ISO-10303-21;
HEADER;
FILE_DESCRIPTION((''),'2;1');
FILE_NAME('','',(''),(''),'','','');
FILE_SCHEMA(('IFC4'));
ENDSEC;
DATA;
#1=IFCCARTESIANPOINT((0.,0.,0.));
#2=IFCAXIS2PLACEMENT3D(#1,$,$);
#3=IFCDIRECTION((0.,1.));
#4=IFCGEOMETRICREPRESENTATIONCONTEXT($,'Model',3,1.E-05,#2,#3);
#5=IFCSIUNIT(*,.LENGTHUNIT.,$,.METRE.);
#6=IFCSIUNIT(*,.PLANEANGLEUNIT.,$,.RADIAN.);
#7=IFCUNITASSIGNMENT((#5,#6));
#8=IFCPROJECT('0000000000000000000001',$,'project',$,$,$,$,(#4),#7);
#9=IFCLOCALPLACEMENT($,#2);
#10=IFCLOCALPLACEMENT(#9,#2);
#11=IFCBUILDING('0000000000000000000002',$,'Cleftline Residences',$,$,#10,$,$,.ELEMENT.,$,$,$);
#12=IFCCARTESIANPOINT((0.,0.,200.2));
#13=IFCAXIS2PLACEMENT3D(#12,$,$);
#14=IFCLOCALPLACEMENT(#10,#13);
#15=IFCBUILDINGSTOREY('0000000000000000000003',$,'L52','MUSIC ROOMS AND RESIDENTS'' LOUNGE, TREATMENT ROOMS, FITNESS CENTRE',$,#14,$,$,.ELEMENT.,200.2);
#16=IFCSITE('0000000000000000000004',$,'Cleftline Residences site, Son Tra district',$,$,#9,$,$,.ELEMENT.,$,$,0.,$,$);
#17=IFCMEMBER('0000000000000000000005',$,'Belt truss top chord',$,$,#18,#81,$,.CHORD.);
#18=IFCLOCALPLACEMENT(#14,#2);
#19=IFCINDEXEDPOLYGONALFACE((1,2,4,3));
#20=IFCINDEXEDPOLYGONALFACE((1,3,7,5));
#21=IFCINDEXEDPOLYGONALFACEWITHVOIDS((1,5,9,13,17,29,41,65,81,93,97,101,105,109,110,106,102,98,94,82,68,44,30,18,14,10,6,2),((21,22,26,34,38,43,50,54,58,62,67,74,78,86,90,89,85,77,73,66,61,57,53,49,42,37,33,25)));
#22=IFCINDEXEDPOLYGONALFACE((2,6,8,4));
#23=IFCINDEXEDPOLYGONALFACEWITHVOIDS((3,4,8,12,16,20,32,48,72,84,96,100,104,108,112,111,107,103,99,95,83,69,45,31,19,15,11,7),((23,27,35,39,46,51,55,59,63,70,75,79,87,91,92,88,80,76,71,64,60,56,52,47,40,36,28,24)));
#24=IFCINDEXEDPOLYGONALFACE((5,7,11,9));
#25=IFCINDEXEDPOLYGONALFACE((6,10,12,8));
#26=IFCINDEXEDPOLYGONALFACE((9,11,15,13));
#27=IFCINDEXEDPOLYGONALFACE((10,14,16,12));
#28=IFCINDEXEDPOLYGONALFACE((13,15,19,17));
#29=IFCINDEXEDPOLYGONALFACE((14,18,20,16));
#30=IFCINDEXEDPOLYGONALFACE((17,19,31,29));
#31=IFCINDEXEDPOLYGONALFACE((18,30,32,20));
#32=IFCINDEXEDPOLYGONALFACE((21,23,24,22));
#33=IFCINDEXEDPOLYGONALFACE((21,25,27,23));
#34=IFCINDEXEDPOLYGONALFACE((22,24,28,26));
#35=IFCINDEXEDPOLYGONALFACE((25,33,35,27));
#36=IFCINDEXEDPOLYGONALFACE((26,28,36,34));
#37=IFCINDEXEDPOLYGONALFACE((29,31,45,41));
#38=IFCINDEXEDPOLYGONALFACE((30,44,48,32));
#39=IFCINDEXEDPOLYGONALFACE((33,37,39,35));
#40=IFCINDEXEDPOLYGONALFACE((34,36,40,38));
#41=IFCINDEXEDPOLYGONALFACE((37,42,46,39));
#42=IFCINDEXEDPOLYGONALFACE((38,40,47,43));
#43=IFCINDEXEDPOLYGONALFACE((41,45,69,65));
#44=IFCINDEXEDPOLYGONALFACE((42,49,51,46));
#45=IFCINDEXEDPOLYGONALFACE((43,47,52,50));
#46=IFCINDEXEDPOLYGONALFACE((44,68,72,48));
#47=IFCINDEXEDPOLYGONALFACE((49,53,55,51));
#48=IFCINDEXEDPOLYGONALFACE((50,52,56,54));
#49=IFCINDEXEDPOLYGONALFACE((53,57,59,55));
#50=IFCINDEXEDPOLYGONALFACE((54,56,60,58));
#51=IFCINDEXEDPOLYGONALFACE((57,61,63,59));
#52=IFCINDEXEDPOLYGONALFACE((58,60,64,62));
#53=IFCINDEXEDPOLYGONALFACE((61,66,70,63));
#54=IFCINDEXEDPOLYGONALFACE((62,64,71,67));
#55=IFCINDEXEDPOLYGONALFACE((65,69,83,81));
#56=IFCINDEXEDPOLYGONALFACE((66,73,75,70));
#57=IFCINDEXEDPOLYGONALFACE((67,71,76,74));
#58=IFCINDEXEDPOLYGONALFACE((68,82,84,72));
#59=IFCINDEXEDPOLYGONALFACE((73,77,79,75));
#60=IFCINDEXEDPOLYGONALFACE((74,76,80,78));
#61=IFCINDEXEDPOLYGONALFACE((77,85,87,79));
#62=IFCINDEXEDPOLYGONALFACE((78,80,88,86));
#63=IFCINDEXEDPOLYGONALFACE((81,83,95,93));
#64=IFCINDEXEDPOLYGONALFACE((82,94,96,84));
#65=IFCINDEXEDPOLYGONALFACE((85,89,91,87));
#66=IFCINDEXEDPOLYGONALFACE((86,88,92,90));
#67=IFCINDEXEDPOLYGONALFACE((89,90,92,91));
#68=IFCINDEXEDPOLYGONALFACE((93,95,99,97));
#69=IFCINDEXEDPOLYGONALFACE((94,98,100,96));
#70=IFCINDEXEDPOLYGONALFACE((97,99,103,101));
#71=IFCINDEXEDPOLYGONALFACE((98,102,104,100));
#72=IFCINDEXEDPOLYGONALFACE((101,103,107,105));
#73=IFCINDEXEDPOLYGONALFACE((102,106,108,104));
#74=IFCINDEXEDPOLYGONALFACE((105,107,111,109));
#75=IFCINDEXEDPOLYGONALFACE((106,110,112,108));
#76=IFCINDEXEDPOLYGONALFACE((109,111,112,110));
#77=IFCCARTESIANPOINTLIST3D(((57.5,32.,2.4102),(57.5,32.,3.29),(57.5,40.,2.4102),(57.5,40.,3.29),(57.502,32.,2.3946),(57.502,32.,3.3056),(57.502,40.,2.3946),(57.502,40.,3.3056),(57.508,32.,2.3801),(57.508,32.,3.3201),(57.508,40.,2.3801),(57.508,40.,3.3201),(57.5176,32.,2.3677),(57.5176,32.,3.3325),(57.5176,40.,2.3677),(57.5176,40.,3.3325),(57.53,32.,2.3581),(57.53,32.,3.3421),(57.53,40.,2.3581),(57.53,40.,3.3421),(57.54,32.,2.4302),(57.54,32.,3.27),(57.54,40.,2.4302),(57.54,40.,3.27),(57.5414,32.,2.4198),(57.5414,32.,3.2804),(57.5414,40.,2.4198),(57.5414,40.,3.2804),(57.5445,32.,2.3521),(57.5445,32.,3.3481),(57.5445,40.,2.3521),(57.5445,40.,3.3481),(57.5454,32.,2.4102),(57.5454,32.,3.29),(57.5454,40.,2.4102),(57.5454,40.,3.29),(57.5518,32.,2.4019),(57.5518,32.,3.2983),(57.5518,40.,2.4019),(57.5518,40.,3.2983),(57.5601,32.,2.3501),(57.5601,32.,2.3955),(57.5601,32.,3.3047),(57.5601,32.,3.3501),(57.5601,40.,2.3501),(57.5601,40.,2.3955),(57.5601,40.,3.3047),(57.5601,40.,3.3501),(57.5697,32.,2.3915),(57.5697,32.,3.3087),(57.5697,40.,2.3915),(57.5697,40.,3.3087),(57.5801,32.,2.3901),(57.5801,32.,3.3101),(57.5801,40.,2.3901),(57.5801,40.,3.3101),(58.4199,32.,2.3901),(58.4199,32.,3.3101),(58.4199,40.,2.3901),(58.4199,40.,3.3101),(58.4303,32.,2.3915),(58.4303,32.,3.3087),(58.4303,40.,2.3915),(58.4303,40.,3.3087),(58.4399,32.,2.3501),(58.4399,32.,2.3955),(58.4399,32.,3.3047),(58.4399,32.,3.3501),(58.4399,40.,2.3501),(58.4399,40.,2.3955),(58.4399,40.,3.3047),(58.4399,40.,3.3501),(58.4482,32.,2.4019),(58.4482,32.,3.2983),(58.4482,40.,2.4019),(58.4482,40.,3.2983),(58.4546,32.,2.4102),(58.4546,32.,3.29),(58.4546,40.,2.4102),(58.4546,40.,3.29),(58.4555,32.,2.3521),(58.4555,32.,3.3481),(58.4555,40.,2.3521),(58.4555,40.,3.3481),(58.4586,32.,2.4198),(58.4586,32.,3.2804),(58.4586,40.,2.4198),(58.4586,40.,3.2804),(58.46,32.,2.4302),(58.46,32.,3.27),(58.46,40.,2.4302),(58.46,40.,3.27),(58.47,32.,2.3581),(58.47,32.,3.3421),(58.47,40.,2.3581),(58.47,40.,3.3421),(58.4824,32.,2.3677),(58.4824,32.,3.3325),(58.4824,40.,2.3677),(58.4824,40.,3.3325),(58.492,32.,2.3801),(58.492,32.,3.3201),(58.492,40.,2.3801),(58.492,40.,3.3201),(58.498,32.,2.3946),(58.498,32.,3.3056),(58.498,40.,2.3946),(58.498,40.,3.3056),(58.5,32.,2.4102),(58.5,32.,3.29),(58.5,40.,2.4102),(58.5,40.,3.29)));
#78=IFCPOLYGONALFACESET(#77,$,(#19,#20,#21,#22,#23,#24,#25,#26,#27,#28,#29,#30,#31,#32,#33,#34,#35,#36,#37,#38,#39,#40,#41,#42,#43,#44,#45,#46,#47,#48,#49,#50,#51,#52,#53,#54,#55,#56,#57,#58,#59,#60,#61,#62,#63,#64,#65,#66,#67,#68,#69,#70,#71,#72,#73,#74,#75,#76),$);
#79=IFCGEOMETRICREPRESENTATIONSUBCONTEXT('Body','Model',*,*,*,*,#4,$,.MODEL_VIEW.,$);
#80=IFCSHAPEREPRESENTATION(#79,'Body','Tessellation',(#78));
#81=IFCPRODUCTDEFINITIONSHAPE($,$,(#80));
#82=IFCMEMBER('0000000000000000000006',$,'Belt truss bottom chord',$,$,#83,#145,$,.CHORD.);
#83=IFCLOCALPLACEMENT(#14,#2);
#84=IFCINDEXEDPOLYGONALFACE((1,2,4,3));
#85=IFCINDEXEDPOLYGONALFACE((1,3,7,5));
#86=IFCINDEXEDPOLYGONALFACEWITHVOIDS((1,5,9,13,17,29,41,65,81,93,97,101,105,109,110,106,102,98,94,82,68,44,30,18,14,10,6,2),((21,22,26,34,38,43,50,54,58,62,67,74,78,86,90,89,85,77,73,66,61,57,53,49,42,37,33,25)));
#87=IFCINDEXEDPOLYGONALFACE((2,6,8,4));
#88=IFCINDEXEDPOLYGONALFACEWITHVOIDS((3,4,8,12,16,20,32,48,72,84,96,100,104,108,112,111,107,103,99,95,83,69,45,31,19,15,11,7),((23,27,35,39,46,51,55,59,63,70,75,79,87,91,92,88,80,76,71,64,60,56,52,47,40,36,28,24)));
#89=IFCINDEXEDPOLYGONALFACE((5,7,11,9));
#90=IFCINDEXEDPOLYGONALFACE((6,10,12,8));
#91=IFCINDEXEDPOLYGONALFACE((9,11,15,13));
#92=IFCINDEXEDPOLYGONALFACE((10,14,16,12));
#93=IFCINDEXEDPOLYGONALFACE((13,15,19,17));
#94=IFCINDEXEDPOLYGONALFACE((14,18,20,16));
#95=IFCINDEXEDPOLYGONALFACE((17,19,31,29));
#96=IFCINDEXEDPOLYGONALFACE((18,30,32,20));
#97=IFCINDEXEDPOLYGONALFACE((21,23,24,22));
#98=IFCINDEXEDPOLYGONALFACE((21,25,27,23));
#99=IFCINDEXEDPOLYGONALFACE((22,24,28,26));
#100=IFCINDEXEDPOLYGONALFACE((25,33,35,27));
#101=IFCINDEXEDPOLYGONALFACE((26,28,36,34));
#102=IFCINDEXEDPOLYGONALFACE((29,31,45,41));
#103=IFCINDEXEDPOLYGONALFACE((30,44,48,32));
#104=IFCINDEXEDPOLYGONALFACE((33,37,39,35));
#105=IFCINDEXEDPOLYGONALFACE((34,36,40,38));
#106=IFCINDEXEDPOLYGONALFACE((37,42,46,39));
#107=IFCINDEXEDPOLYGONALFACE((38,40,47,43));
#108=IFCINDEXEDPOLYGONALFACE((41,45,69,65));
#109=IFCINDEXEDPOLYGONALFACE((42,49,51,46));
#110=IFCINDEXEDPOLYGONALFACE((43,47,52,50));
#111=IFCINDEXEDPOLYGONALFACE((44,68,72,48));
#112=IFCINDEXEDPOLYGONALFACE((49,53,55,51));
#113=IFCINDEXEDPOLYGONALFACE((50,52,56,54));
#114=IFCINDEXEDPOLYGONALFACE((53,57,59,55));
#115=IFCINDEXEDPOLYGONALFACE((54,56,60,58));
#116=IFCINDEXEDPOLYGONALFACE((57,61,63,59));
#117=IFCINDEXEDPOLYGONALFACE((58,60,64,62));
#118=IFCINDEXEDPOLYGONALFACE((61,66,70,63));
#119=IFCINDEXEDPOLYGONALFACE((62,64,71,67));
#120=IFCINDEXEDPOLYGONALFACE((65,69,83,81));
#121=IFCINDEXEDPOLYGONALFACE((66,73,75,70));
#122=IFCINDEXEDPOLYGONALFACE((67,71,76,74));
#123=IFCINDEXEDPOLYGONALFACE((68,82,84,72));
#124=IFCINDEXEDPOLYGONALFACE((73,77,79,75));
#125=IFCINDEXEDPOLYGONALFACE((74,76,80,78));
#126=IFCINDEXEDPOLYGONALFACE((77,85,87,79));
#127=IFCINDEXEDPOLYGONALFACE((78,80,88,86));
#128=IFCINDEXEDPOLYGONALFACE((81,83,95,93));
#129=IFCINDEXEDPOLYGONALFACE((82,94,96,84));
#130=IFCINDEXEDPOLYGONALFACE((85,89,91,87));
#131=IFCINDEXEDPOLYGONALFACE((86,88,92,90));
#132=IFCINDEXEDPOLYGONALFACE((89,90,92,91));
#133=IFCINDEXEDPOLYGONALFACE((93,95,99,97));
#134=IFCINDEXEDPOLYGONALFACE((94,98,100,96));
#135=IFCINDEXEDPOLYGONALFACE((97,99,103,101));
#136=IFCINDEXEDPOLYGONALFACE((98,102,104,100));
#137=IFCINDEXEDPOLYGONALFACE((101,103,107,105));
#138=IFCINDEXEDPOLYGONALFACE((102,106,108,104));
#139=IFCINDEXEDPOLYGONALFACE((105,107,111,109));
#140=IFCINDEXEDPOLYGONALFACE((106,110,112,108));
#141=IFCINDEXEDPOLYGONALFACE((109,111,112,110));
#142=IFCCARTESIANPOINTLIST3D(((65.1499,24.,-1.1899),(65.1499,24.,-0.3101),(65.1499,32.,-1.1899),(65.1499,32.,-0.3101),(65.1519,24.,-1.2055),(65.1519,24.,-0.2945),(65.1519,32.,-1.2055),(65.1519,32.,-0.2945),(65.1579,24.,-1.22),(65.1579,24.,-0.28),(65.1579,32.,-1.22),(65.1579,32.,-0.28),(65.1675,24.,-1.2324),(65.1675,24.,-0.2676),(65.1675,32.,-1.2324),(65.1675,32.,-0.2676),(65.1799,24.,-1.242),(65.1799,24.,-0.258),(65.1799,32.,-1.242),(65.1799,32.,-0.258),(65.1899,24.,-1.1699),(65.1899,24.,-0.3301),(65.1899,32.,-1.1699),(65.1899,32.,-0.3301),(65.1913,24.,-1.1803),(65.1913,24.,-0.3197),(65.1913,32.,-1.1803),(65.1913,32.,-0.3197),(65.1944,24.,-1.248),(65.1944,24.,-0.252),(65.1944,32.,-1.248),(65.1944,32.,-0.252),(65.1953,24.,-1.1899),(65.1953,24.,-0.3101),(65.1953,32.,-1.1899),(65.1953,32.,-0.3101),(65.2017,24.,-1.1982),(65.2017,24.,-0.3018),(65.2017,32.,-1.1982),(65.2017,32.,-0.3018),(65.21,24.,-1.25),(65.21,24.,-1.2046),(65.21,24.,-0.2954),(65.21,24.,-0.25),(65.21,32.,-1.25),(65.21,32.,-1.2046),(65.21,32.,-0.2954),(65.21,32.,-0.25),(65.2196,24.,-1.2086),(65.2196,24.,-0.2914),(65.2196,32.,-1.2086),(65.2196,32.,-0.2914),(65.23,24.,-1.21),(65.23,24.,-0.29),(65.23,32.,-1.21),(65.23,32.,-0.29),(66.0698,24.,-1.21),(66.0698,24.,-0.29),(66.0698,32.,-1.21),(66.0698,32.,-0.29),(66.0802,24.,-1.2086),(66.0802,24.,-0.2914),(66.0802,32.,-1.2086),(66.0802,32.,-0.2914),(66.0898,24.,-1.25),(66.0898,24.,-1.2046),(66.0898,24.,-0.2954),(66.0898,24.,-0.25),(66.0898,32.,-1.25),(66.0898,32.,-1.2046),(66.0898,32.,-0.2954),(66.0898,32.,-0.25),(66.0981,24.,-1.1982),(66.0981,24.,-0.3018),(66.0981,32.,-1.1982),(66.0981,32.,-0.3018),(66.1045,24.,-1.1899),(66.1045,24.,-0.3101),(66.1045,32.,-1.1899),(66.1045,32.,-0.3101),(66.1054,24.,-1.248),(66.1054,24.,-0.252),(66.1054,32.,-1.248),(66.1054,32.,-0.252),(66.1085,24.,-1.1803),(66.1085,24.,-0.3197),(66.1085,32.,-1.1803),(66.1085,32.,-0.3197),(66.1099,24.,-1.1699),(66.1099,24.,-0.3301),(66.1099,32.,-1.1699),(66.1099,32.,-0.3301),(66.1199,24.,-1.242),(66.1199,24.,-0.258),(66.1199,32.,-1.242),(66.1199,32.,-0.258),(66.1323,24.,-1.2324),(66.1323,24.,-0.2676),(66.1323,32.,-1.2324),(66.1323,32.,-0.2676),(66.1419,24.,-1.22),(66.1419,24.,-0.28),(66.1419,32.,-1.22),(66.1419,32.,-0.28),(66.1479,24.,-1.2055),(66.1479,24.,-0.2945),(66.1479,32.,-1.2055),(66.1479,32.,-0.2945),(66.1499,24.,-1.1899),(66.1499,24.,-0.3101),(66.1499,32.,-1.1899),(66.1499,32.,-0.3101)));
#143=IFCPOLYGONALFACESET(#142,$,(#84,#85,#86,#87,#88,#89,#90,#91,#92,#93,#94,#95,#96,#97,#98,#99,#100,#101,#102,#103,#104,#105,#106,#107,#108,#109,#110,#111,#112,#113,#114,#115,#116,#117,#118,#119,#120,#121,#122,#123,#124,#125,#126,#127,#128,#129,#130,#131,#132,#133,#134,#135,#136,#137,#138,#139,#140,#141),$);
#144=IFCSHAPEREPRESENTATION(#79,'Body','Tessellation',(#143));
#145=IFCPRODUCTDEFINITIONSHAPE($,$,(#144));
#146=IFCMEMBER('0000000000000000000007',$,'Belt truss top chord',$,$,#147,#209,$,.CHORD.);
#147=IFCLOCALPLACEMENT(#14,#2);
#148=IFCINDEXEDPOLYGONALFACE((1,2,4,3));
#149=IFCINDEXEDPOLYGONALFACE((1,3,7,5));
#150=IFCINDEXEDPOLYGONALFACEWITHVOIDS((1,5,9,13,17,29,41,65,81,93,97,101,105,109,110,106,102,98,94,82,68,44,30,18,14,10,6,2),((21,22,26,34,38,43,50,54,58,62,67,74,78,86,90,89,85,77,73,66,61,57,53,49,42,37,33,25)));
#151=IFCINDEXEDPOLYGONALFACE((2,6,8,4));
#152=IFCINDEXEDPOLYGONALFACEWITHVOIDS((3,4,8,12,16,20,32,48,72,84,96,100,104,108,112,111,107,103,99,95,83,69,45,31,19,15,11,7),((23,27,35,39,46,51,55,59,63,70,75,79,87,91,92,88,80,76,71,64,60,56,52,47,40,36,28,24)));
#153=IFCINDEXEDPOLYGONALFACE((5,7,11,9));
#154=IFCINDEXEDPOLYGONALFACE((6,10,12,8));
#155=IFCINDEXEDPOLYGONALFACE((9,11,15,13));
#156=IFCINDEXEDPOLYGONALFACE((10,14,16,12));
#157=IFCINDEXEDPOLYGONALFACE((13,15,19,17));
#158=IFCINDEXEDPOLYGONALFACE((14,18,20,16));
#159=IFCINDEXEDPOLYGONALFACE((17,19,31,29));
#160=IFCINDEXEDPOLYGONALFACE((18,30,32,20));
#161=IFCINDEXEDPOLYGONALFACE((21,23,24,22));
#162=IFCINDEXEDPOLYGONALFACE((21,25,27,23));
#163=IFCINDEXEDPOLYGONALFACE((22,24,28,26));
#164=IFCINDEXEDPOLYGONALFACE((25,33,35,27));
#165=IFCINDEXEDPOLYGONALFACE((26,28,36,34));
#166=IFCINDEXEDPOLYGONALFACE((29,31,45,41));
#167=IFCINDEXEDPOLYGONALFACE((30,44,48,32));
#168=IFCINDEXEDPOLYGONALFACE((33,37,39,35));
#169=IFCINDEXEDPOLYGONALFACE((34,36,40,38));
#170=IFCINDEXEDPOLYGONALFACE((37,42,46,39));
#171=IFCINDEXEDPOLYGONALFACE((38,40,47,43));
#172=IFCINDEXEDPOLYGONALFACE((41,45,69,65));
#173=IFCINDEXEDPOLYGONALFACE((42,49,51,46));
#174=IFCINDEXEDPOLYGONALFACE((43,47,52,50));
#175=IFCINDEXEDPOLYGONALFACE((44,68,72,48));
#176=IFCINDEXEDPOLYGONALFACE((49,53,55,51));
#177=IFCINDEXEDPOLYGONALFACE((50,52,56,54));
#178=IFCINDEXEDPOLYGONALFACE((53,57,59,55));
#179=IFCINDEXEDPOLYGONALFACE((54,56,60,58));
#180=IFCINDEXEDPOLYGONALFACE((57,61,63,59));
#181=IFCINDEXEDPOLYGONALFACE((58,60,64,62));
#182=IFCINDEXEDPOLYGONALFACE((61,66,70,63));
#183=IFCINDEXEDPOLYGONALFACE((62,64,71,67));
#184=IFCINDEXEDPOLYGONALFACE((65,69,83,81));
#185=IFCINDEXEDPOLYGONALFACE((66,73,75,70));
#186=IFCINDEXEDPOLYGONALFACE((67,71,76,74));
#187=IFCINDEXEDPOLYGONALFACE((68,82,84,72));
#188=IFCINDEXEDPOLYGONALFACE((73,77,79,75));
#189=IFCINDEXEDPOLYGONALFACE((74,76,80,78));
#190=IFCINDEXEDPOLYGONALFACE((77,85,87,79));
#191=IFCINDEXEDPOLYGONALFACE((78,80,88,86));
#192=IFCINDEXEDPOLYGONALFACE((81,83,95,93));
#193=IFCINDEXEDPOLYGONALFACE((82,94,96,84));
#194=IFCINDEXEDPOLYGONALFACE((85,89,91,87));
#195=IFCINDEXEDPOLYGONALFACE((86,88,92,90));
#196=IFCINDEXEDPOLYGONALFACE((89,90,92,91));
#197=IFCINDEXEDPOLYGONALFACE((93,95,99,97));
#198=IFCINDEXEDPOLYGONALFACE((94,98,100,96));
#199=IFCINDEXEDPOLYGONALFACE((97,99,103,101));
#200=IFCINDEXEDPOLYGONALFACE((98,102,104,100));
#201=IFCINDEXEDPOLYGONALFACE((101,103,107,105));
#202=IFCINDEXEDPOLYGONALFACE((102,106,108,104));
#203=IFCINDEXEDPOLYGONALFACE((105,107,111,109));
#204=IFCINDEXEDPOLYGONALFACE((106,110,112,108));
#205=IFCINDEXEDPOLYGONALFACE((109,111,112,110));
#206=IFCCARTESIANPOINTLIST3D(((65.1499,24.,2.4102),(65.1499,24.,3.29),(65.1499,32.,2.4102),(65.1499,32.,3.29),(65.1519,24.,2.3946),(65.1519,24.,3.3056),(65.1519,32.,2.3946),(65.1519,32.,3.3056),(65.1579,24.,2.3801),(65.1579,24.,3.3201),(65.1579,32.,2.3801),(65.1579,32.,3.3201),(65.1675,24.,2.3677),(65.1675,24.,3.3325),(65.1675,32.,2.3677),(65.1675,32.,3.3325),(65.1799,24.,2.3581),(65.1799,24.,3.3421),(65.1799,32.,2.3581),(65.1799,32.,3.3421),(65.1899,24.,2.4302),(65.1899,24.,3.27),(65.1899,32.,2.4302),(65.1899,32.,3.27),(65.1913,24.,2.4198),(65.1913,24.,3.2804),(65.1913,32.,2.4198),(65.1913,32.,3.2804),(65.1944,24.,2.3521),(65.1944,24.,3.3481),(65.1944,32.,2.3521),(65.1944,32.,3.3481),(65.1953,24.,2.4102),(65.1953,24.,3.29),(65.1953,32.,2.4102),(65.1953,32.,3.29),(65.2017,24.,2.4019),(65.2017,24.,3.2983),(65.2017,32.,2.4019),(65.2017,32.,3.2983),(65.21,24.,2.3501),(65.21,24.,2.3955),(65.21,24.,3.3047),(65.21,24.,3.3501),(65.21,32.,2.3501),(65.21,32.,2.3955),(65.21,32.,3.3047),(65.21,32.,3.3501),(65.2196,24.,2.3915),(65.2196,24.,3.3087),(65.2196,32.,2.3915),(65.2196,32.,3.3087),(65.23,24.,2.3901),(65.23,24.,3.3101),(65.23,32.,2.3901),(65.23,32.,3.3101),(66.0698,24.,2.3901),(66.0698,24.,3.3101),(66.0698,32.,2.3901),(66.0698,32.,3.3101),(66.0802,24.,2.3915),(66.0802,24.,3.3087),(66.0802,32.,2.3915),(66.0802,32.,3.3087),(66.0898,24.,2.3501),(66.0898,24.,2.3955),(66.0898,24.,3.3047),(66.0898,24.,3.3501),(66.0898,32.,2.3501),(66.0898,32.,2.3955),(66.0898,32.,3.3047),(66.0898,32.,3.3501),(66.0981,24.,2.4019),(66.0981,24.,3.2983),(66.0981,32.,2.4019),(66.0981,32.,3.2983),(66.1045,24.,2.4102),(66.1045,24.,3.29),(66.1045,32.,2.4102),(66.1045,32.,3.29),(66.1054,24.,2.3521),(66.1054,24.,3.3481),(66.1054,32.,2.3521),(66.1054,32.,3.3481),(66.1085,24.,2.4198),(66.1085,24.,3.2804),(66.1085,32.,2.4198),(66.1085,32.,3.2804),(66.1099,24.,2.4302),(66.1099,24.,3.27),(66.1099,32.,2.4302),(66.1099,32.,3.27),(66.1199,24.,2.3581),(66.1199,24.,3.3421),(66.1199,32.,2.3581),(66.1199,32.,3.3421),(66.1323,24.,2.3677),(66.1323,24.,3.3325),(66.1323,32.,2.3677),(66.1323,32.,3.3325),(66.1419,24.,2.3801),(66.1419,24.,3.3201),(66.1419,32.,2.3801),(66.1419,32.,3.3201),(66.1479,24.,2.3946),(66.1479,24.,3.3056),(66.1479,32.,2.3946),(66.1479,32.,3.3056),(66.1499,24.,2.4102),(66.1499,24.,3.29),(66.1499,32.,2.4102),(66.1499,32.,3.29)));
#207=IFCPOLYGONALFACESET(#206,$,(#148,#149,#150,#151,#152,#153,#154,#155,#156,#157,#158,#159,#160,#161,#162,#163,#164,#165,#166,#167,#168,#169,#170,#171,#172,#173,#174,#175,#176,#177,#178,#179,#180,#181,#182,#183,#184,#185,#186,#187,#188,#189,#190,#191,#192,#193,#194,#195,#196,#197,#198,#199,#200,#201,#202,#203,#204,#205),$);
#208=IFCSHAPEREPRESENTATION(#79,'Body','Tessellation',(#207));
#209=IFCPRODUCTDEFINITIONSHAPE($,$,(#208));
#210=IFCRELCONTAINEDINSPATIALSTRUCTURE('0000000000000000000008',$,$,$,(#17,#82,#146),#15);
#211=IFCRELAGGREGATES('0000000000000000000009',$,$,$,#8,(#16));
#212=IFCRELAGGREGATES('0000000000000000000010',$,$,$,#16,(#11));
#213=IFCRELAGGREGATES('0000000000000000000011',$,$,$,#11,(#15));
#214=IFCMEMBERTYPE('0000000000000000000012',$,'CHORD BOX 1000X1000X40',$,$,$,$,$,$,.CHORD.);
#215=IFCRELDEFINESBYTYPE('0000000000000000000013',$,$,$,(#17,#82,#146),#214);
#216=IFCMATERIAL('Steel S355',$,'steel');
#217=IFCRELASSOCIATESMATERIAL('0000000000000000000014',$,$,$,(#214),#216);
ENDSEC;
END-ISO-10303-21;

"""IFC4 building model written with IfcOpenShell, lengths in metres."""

from ifc_helpers import new_model, si_unit, direction, frame, origin, origin_2d, place, context, subcontext, project, spatial, hollow_rectangle, extrude, material, material_profile, profile_set, type_object, element, save


model = new_model("IFC4")

# Units and contexts
model_context = context("Model", 3, precision=1e-05, world=origin(), true_north=direction((0.0, 1.0)))
body_context = subcontext(model_context, "Body", "Model", "MODEL_VIEW")
ifc_project = project(units=[si_unit("LENGTHUNIT", "METRE"), si_unit("PLANEANGLEUNIT", "RADIAN")], contexts=[model_context])

# Site, building, storey
site_placement = place(None, origin())
site = spatial("IfcSite", under=ifc_project, at=site_placement, Name="Cleftline Residences site, Son Tra district", CompositionType="ELEMENT", RefElevation=0.0)
building_placement = place(site_placement, origin())
building = spatial("IfcBuilding", under=site, at=building_placement, Name="Cleftline Residences", CompositionType="ELEMENT")
storey_placement = place(building_placement, frame((0.0, 0.0, 200.2)))
storey = spatial("IfcBuildingStorey", under=building, at=storey_placement, Name="L52", Description="MUSIC ROOMS AND RESIDENTS' LOUNGE, TREATMENT ROOMS, FITNESS CENTRE", CompositionType="ELEMENT", Elevation=200.2)

# Members
ifc_material_1 = material(Name="Steel S355", Category="steel")
ifc_material_profile_1 = material_profile(ifc_material_1, hollow_rectangle(XDim=1.0, YDim=1.0, WallThickness=0.04, InnerFilletRadius=0.04, OuterFilletRadius=0.0601, at=origin_2d()))
ifc_profile_set_1 = profile_set([ifc_material_profile_1], Name="Steel S355")
member_type_1 = type_object("IfcMemberType", Name="CHORD BOX 1000X1000X40", PredefinedType="CHORD", material=ifc_profile_set_1)
for number, where, z_axis, x_axis, name in (
    (1, (58.0, 32.0, 2.8501), (0.0, 1.0, 0.0), (-1.0, 0.0, 0.0), "Belt truss top chord"),
    (2, (65.6499, 24.0, -0.75), (0.0, 1.0, 0.0), (-1.0, 0.0, 0.0), "Belt truss bottom chord"),
    (3, (65.6499, 24.0, 2.8501), (0.0, 1.0, 0.0), (-1.0, 0.0, 0.0), "Belt truss top chord"),
):
    element("IfcMember", number, at=place(storey_placement, frame(where, z_axis=z_axis, x_axis=x_axis)), inside=storey, type_object=member_type_1, Name=name, PredefinedType="CHORD", context=body_context, shape_type="SweptSolid", body=[
        extrude(hollow_rectangle(XDim=1.0, YDim=1.0, WallThickness=0.04, InnerFilletRadius=0.04, OuterFilletRadius=0.0601, at=origin_2d()), origin(), (0.0, 0.0, 1.0), 8.0),
    ])

save(model, "model.ifc")
